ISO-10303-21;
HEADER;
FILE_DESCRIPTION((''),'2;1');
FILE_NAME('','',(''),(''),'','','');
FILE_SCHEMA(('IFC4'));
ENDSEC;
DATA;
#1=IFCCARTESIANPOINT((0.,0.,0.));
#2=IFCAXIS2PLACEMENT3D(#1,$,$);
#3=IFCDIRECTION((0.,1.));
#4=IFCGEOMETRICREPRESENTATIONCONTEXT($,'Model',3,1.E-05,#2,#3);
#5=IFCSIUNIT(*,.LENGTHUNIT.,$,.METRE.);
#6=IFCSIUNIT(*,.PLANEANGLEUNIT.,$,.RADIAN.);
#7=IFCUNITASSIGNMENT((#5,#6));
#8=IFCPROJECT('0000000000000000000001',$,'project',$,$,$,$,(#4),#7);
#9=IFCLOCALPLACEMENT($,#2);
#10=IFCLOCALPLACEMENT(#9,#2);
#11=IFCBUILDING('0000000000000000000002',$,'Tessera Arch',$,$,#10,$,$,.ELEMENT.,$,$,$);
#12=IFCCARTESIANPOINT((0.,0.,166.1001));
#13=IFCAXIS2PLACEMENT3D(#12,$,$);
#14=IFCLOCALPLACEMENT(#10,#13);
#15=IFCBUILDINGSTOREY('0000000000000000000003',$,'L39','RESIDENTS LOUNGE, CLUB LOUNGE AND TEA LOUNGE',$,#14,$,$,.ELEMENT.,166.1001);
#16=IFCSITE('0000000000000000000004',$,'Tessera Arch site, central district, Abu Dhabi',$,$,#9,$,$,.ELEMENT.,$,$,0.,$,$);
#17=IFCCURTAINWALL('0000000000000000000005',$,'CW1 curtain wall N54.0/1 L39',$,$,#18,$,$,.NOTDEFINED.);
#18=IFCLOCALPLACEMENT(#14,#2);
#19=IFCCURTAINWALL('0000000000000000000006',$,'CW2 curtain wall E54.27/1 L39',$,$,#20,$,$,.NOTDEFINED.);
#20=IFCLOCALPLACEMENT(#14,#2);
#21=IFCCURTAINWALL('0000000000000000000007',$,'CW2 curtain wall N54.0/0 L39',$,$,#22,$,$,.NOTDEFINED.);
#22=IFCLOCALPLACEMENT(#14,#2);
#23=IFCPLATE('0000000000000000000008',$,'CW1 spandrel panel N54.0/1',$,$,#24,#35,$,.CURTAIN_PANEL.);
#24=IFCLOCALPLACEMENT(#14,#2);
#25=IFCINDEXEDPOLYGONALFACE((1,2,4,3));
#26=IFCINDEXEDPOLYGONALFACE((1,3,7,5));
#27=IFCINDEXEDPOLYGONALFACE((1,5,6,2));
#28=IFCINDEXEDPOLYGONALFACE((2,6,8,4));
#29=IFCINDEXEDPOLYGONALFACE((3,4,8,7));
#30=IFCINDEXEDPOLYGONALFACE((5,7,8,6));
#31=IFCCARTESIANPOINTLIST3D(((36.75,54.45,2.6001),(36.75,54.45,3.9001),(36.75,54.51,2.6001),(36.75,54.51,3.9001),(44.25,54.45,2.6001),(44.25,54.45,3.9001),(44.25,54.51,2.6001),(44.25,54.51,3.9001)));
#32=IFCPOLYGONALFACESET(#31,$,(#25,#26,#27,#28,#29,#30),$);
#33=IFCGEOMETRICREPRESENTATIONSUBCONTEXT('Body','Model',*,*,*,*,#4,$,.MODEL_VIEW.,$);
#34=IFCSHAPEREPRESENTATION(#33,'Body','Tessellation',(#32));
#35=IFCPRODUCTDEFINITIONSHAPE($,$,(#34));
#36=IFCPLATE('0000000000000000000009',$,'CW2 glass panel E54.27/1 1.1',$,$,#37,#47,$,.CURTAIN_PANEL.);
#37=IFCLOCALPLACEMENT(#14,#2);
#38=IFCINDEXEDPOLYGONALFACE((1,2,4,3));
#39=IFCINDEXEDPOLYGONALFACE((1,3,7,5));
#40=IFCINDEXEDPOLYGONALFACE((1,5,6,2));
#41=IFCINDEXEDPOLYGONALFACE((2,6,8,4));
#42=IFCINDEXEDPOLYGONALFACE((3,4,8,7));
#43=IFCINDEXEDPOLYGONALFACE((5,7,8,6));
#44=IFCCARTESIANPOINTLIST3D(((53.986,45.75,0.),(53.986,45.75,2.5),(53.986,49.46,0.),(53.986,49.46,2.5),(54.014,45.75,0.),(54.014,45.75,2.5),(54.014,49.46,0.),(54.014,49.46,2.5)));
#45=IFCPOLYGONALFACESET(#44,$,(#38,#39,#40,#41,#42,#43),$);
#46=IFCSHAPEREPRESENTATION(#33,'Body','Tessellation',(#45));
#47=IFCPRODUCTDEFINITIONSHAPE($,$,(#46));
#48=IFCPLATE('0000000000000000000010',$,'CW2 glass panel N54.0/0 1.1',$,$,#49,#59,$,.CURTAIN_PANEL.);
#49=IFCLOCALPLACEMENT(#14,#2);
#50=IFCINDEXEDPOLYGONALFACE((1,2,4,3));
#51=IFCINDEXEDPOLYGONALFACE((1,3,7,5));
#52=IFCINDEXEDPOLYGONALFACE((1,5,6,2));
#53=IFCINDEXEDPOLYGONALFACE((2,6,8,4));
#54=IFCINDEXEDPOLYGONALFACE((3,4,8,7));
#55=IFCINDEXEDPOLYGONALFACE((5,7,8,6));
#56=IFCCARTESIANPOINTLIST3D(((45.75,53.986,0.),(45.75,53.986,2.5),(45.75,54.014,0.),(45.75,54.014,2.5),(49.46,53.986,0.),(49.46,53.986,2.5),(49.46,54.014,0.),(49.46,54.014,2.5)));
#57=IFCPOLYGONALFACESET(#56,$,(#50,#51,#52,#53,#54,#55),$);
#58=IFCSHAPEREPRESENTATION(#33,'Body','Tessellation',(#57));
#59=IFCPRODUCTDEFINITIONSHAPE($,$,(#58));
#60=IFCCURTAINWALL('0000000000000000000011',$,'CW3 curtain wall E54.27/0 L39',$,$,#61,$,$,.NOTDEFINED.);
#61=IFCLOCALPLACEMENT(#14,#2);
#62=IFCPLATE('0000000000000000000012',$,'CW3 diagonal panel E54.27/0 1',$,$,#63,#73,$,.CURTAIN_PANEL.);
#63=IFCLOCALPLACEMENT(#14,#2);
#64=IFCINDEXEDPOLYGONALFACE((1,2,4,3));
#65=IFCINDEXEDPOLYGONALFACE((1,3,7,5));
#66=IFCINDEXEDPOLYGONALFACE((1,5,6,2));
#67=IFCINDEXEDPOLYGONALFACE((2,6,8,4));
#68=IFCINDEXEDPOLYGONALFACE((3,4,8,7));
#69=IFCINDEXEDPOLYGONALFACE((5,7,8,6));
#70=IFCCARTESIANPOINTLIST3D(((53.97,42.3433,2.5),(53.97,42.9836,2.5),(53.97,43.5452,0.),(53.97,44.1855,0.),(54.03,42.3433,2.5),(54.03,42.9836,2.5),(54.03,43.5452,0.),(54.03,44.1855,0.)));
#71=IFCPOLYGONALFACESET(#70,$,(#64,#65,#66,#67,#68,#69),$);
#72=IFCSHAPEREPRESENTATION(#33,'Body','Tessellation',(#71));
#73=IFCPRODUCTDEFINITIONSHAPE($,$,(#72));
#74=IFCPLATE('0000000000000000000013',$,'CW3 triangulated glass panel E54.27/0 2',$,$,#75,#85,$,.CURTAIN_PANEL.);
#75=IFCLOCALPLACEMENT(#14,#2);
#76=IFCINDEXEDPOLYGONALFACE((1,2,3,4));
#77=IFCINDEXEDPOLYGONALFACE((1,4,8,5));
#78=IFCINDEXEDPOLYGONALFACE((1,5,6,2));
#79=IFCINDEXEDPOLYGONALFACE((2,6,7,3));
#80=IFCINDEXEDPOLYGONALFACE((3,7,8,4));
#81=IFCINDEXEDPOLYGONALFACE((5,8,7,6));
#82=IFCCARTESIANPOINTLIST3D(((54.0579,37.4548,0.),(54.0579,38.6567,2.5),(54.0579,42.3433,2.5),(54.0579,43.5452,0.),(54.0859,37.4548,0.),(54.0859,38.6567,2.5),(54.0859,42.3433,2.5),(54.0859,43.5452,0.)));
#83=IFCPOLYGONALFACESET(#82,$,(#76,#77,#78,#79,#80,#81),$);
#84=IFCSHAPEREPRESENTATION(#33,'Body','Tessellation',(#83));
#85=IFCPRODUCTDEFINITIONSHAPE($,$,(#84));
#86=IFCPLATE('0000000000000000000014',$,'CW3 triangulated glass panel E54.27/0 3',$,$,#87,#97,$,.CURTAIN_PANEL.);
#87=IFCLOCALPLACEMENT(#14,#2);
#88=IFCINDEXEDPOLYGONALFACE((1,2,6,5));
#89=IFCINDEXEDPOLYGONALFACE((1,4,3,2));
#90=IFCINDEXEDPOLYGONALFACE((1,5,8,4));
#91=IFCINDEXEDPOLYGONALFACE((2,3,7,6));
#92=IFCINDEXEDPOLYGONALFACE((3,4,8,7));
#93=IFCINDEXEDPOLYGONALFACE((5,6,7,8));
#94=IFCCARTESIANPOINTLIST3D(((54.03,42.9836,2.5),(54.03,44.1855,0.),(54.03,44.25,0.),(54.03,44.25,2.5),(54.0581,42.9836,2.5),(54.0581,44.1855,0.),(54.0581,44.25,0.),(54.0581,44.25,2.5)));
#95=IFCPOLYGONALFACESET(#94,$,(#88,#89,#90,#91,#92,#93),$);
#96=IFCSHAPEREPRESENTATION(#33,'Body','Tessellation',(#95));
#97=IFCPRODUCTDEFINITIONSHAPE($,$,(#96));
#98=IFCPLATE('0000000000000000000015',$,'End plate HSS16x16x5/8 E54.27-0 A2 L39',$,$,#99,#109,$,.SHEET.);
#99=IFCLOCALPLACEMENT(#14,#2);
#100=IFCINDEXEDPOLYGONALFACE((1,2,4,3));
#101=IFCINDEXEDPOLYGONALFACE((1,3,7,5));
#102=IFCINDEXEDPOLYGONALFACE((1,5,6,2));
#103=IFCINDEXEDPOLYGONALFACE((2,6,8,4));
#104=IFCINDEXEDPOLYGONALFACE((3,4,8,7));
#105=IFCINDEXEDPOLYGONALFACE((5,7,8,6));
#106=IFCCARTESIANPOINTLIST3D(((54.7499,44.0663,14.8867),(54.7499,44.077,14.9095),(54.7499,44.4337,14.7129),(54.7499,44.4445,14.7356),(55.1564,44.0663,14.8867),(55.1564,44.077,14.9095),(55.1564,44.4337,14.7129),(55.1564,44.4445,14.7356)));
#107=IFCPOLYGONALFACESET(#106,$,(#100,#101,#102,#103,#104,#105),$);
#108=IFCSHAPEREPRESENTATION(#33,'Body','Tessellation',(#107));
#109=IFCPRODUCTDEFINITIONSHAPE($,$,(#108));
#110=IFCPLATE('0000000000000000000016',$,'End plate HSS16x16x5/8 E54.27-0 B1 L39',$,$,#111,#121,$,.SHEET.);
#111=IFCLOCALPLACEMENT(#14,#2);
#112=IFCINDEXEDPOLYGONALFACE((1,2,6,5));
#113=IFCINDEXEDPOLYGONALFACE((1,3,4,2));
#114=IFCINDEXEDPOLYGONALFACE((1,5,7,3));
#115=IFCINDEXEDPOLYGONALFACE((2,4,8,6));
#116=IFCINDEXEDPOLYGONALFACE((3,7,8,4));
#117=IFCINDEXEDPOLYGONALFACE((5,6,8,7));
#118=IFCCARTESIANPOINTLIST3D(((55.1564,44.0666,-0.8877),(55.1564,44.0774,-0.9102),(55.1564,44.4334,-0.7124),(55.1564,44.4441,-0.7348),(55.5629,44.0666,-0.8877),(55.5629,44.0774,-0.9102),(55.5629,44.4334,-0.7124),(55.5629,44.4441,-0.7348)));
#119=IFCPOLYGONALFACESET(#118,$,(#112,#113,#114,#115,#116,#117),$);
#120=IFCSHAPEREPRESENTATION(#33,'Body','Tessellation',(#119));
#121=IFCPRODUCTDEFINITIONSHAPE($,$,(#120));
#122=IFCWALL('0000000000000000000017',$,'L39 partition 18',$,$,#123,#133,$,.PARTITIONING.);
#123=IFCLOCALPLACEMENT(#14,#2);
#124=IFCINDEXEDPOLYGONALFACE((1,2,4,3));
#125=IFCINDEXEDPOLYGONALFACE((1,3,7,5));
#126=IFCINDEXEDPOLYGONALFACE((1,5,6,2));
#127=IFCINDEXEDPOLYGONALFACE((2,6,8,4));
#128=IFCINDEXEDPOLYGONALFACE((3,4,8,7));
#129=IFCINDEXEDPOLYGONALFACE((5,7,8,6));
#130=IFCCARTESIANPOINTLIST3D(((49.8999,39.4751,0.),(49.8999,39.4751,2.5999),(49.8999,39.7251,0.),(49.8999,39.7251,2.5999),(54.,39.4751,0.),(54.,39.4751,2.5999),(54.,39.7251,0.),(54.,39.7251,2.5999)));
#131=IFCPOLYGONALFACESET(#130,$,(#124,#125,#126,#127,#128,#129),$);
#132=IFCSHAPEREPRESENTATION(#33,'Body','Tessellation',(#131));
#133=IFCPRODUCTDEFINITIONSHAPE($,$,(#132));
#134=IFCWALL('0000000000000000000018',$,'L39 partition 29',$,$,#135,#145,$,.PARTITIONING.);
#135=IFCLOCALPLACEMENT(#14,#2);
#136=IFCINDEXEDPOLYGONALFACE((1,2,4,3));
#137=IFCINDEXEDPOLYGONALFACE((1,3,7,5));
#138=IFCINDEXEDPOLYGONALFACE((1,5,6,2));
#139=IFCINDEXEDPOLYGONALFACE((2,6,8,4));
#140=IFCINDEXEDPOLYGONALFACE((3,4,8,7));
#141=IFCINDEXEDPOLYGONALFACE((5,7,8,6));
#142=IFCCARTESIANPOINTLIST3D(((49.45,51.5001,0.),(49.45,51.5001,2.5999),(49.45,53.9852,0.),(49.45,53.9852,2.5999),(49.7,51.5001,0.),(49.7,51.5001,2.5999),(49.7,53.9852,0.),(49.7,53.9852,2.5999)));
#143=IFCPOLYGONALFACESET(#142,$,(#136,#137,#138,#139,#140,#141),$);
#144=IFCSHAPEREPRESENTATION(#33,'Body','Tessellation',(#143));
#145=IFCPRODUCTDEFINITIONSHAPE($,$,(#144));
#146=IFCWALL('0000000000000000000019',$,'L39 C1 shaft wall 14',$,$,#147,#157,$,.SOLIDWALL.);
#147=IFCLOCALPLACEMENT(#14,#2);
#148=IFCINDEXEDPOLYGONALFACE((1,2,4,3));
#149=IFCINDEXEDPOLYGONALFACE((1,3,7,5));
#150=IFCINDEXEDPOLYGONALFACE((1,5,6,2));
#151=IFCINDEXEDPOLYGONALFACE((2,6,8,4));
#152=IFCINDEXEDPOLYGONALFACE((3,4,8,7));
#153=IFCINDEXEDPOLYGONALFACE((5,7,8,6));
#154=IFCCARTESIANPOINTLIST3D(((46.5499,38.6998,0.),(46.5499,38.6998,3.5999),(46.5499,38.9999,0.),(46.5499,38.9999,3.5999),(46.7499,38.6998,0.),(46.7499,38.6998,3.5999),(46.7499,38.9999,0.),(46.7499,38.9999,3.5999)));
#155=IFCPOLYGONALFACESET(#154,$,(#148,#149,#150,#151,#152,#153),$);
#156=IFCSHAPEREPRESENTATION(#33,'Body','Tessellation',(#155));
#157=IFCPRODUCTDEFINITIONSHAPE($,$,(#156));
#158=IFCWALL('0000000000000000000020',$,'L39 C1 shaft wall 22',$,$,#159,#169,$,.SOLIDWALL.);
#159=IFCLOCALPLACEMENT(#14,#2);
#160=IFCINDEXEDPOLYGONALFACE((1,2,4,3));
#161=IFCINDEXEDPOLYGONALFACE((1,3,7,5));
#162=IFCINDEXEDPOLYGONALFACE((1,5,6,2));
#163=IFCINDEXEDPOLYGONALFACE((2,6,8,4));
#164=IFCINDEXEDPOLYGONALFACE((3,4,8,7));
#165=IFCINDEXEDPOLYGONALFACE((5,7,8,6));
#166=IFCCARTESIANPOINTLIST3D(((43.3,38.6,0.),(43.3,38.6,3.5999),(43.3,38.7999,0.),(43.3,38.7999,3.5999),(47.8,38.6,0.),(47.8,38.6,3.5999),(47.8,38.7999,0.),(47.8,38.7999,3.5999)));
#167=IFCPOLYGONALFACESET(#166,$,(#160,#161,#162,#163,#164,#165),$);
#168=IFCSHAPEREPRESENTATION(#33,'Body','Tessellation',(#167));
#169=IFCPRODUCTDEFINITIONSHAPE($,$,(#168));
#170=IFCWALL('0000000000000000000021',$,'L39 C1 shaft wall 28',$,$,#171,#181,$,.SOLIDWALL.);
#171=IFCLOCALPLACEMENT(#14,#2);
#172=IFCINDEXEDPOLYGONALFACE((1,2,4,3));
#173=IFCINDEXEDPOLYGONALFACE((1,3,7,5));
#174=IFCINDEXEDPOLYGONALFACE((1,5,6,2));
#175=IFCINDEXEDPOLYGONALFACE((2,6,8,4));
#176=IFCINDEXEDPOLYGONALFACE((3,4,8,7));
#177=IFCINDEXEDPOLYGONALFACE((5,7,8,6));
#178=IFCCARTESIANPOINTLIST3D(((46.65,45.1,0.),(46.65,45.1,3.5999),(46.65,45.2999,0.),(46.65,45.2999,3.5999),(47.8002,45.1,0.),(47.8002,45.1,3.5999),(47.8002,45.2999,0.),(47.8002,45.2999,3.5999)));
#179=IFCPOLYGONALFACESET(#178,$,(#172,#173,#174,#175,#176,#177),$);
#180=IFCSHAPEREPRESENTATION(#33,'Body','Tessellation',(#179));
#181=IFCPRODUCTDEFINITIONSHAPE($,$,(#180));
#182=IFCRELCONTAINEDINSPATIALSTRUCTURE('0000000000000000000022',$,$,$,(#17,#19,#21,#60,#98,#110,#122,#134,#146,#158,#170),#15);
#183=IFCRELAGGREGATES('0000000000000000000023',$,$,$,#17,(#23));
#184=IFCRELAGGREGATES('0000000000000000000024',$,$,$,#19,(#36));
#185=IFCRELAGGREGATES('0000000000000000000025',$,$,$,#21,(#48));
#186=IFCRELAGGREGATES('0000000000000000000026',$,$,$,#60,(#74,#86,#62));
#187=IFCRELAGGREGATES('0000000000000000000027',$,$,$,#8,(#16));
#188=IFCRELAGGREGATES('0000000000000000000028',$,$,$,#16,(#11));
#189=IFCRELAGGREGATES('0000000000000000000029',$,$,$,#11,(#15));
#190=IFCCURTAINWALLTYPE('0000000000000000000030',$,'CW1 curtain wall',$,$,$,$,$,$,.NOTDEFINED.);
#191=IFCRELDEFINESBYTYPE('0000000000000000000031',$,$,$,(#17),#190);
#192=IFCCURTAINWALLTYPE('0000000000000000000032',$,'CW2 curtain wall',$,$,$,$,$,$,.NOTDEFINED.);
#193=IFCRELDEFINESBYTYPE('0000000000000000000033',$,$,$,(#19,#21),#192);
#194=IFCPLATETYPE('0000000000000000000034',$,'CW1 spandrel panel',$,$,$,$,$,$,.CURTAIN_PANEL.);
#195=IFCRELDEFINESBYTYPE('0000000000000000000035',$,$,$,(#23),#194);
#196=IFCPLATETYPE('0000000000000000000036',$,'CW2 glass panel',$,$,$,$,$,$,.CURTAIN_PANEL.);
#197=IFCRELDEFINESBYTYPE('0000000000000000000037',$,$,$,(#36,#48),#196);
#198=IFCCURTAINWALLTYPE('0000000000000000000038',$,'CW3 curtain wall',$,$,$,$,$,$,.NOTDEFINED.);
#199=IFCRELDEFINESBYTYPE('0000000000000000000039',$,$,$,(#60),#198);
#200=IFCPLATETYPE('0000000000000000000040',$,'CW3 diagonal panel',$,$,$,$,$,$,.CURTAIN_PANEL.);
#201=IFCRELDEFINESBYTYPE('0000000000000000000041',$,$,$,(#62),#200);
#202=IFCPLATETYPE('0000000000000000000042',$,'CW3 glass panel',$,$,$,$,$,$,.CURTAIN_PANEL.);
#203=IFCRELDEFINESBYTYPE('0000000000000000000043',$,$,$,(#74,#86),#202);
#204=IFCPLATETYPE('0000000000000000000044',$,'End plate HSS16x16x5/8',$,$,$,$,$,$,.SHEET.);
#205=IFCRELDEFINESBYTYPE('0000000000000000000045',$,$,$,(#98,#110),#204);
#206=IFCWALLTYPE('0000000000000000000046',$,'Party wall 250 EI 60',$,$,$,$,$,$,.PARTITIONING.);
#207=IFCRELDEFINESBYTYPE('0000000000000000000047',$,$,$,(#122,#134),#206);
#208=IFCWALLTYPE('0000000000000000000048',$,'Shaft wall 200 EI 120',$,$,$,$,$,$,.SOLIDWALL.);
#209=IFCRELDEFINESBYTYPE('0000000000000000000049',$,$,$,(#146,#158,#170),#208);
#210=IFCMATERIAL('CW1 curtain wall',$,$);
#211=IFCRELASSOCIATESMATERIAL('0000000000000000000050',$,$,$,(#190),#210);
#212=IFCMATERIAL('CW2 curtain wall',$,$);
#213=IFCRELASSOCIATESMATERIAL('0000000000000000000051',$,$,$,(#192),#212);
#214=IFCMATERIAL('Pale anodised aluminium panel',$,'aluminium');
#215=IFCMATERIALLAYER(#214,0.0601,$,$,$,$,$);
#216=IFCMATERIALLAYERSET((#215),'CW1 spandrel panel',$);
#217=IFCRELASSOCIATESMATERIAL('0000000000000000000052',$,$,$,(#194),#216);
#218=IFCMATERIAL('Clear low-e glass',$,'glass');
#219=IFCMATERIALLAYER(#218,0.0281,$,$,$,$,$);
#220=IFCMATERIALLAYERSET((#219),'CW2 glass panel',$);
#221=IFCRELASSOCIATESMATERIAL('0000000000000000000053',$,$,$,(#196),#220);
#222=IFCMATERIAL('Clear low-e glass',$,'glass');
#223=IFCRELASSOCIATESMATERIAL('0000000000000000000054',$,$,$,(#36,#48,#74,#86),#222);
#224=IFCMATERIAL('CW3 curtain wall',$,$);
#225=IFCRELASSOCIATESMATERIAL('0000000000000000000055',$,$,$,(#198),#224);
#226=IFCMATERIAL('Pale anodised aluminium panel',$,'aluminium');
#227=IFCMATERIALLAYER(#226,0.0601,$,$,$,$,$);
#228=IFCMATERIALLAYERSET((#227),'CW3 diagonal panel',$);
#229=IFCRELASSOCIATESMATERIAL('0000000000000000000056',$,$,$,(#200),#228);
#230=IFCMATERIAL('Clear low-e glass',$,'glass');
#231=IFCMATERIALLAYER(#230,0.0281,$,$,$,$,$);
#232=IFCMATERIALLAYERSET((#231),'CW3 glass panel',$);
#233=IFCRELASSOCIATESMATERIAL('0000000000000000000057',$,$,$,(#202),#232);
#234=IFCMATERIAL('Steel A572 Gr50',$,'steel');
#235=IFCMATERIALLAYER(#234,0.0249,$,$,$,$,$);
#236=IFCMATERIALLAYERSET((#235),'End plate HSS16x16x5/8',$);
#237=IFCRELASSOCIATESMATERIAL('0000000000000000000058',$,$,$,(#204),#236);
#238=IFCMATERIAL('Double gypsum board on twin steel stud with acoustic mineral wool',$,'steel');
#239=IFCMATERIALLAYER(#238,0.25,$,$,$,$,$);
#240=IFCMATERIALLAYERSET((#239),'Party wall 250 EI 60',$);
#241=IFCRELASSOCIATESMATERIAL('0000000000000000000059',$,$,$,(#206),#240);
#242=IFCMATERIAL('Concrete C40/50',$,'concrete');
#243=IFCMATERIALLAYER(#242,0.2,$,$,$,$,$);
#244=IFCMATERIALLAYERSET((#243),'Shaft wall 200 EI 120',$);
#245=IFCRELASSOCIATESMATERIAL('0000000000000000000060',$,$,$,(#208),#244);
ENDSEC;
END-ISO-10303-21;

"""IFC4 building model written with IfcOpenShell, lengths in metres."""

from ifc_helpers import new_model, si_unit, direction, frame, frame_2d, origin, origin_2d, place, context, subcontext, project, spatial, polyline, rectangle, outline, extrude, material, layer, layer_set, type_object, element, aggregate, save


model = new_model("IFC4")

# Units and contexts
model_context = context("Model", 3, precision=1e-05, world=origin(), true_north=direction((0.0, 1.0)))
body_context = subcontext(model_context, "Body", "Model", "MODEL_VIEW")
ifc_project = project(units=[si_unit("LENGTHUNIT", "METRE"), si_unit("PLANEANGLEUNIT", "RADIAN")], contexts=[model_context])

# Site, building, storey
site_placement = place(None, origin())
site = spatial("IfcSite", under=ifc_project, at=site_placement, Name="Tessera Arch site, central district, Abu Dhabi", CompositionType="ELEMENT", RefElevation=0.0)
building_placement = place(site_placement, origin())
building = spatial("IfcBuilding", under=site, at=building_placement, Name="Tessera Arch", CompositionType="ELEMENT")
storey_placement = place(building_placement, frame((0.0, 0.0, 166.1001)))
storey = spatial("IfcBuildingStorey", under=building, at=storey_placement, Name="L39", Description="RESIDENTS LOUNGE, CLUB LOUNGE AND TEA LOUNGE", CompositionType="ELEMENT", Elevation=166.1001)

# Curtain walls
ifc_material_1 = material(Name="CW1 curtain wall")
curtain_wall_type_1 = type_object("IfcCurtainWallType", Name="CW1 curtain wall", PredefinedType="NOTDEFINED", material=ifc_material_1)
curtain_wall_1_placement = place(storey_placement, origin())
curtain_wall_1 = element("IfcCurtainWall", 1, at=curtain_wall_1_placement, inside=storey, type_object=curtain_wall_type_1, Name="CW1 curtain wall N54.0/1 L39", PredefinedType="NOTDEFINED")
ifc_material_2 = material(Name="CW2 curtain wall")
curtain_wall_type_2 = type_object("IfcCurtainWallType", Name="CW2 curtain wall", PredefinedType="NOTDEFINED", material=ifc_material_2)
curtain_wall_2_placement = place(storey_placement, origin())
curtain_wall_2 = element("IfcCurtainWall", 2, at=curtain_wall_2_placement, inside=storey, type_object=curtain_wall_type_2, Name="CW2 curtain wall E54.27/1 L39", PredefinedType="NOTDEFINED")
curtain_wall_3_placement = place(storey_placement, origin())
curtain_wall_3 = element("IfcCurtainWall", 3, at=curtain_wall_3_placement, inside=storey, type_object=curtain_wall_type_2, Name="CW2 curtain wall N54.0/0 L39", PredefinedType="NOTDEFINED")

# Plates
ifc_material_3 = material(Name="Clear low-e glass", Category="glass")
ifc_material_4 = material(Name="Pale anodised aluminium panel", Category="aluminium")
ifc_layer_1 = layer(ifc_material_4, 0.0601)
ifc_layer_set_1 = layer_set([ifc_layer_1], Name="CW1 spandrel panel")
plate_type_1 = type_object("IfcPlateType", Name="CW1 spandrel panel", PredefinedType="CURTAIN_PANEL", material=ifc_layer_set_1)
plate_1_placement = place(storey_placement, frame((40.5, 54.48, 2.6001), z_axis=(0.0, 0.0, 1.0), x_axis=(-1.0, 0.0, 0.0)))
plate_1 = element("IfcPlate", 4, at=plate_1_placement, type_object=plate_type_1, Name="CW1 spandrel panel N54.0/1", PredefinedType="CURTAIN_PANEL", context=body_context, shape_type="SweptSolid", body=[
    extrude(rectangle(XDim=7.5, YDim=0.0601, at=origin_2d()), origin(), (0.0, 0.0, 1.0), 1.3),
])
aggregate(curtain_wall_1, [plate_1])
ifc_material_5 = material(Name="Clear low-e glass", Category="glass")
ifc_layer_2 = layer(ifc_material_5, 0.0281)
ifc_layer_set_2 = layer_set([ifc_layer_2], Name="CW2 glass panel")
plate_type_2 = type_object("IfcPlateType", Name="CW2 glass panel", PredefinedType="CURTAIN_PANEL", material=ifc_layer_set_2)
plate_2_placement = place(storey_placement, frame((54.0, 47.605, 0.0), z_axis=(0.0, 0.0, 1.0), x_axis=(0.0, 1.0, 0.0)))
plate_2 = element("IfcPlate", 5, at=plate_2_placement, type_object=plate_type_2, material=ifc_material_3, Name="CW2 glass panel E54.27/1 1.1", PredefinedType="CURTAIN_PANEL", context=body_context, shape_type="SweptSolid", body=[
    extrude(rectangle(XDim=3.71, YDim=0.0281, at=origin_2d()), origin(), (0.0, 0.0, 1.0), 2.5),
])
aggregate(curtain_wall_2, [plate_2])
plate_3_placement = place(storey_placement, frame((47.605, 54.0, 0.0), z_axis=(0.0, 0.0, 1.0), x_axis=(-1.0, 0.0, 0.0)))
plate_3 = element("IfcPlate", 6, at=plate_3_placement, type_object=plate_type_2, material=ifc_material_3, Name="CW2 glass panel N54.0/0 1.1", PredefinedType="CURTAIN_PANEL", context=body_context, shape_type="SweptSolid", body=[
    extrude(rectangle(XDim=3.71, YDim=0.0281, at=origin_2d()), origin(), (0.0, 0.0, 1.0), 2.5),
])
aggregate(curtain_wall_3, [plate_3])

# Curtain wall, plates
ifc_material_6 = material(Name="CW3 curtain wall")
curtain_wall_type_3 = type_object("IfcCurtainWallType", Name="CW3 curtain wall", PredefinedType="NOTDEFINED", material=ifc_material_6)
curtain_wall_4_placement = place(storey_placement, origin())
curtain_wall_4 = element("IfcCurtainWall", 7, at=curtain_wall_4_placement, inside=storey, type_object=curtain_wall_type_3, Name="CW3 curtain wall E54.27/0 L39", PredefinedType="NOTDEFINED")
ifc_material_7 = material(Name="Pale anodised aluminium panel", Category="aluminium")
ifc_layer_3 = layer(ifc_material_7, 0.0601)
ifc_layer_set_3 = layer_set([ifc_layer_3], Name="CW3 diagonal panel")
plate_type_3 = type_object("IfcPlateType", Name="CW3 diagonal panel", PredefinedType="CURTAIN_PANEL", material=ifc_layer_set_3)
plate_4_placement = place(storey_placement, frame((54.03, 42.9836, 2.5), z_axis=(1.0, 0.0, 0.0), x_axis=(0.0, -1.0, 0.0)))
plate_4 = element("IfcPlate", 8, at=plate_4_placement, type_object=plate_type_3, Name="CW3 diagonal panel E54.27/0 1", PredefinedType="CURTAIN_PANEL", context=body_context, shape_type="SweptSolid", body=[
    extrude(outline(polyline([(0.0, 0.0), (0.6404, 0.0), (-0.5615, 2.5), (-1.2019, 2.5), (0.0, 0.0)])), origin(), (0.0, 0.0, -1.0), 0.0601),
])
ifc_material_8 = material(Name="Clear low-e glass", Category="glass")
ifc_layer_4 = layer(ifc_material_8, 0.0281)
ifc_layer_set_4 = layer_set([ifc_layer_4], Name="CW3 glass panel")
plate_type_4 = type_object("IfcPlateType", Name="CW3 glass panel", PredefinedType="CURTAIN_PANEL", material=ifc_layer_set_4)
plate_5_placement = place(storey_placement, frame((54.0859, 42.3433, 2.5), z_axis=(1.0, 0.0, 0.0), x_axis=(0.0, -1.0, 0.0)))
plate_5 = element("IfcPlate", 9, at=plate_5_placement, type_object=plate_type_4, material=ifc_material_3, Name="CW3 triangulated glass panel E54.27/0 2", PredefinedType="CURTAIN_PANEL", context=body_context, shape_type="SweptSolid", body=[
    extrude(outline(polyline([(0.0, 0.0), (3.6865, 0.0), (4.8884, 2.5), (-1.2019, 2.5), (0.0, 0.0)])), origin(), (0.0, 0.0, -1.0), 0.0281),
])
plate_6_placement = place(storey_placement, frame((54.0581, 44.25, 2.5), z_axis=(1.0, 0.0, 0.0), x_axis=(0.0, -1.0, 0.0)))
plate_6 = element("IfcPlate", 10, at=plate_6_placement, type_object=plate_type_4, material=ifc_material_3, Name="CW3 triangulated glass panel E54.27/0 3", PredefinedType="CURTAIN_PANEL", context=body_context, shape_type="SweptSolid", body=[
    extrude(outline(polyline([(0.0, 0.0), (1.2664, 0.0), (0.0645, 2.5), (0.0, 2.5), (0.0, 0.0)])), origin(), (0.0, 0.0, -1.0), 0.0281),
])
aggregate(curtain_wall_4, [plate_5, plate_6, plate_4])

# Plates
ifc_material_9 = material(Name="Steel A572 Gr50", Category="steel")
ifc_layer_5 = layer(ifc_material_9, 0.0249)
ifc_layer_set_5 = layer_set([ifc_layer_5], Name="End plate HSS16x16x5/8")
plate_type_5 = type_object("IfcPlateType", Name="End plate HSS16x16x5/8", PredefinedType="SHEET", material=ifc_layer_set_5)
plate_7_placement = place(storey_placement, frame((54.9531, 44.25, 14.7998), z_axis=(0.0, 0.427668, 0.903936), x_axis=(-1.0, 0.0, 0.0)))
element("IfcPlate", 11, at=plate_7_placement, inside=storey, type_object=plate_type_5, Name="End plate HSS16x16x5/8 E54.27-0 A2 L39", PredefinedType="SHEET", context=body_context, shape_type="SweptSolid", body=[
    extrude(rectangle(XDim=0.4065, YDim=0.4065, at=origin_2d()), origin(), (0.0, 0.0, 1.0), 0.0251),
])
plate_8_placement = place(storey_placement, frame((55.3596, 44.2607, -0.8225), z_axis=(0.0, -0.431455, 0.902134), x_axis=(1.0, 0.0, 0.0)))
element("IfcPlate", 12, at=plate_8_placement, inside=storey, type_object=plate_type_5, Name="End plate HSS16x16x5/8 E54.27-0 B1 L39", PredefinedType="SHEET", context=body_context, shape_type="SweptSolid", body=[
    extrude(rectangle(XDim=0.4065, YDim=0.4065, at=origin_2d()), origin(), (0.0, 0.0, 1.0), 0.0249),
])

# Walls
ifc_material_10 = material(Name="Double gypsum board on twin steel stud with acoustic mineral wool", Category="steel")
ifc_layer_6 = layer(ifc_material_10, 0.25)
ifc_layer_set_6 = layer_set([ifc_layer_6], Name="Party wall 250 EI 60")
wall_type_1 = type_object("IfcWallType", Name="Party wall 250 EI 60", PredefinedType="PARTITIONING", material=ifc_layer_set_6)
wall_1_placement = place(storey_placement, frame((49.8999, 39.6001, 0.0), z_axis=(0.0, 0.0, 1.0), x_axis=(1.0, 0.0, 0.0)))
element("IfcWall", 13, at=wall_1_placement, inside=storey, type_object=wall_type_1, Name="L39 partition 18", PredefinedType="PARTITIONING", context=body_context, shape_type="SweptSolid", body=[
    extrude(rectangle(XDim=4.1001, YDim=0.25, at=frame_2d((2.05, 0.0))), origin(), (0.0, 0.0, 1.0), 2.5999),
])
wall_2_placement = place(storey_placement, frame((49.575, 51.5, 0.0), z_axis=(0.0, 0.0, 1.0), x_axis=(0.0, 1.0, 0.0)))
element("IfcWall", 14, at=wall_2_placement, inside=storey, type_object=wall_type_1, Name="L39 partition 29", PredefinedType="PARTITIONING", context=body_context, shape_type="SweptSolid", body=[
    extrude(rectangle(XDim=2.4851, YDim=0.25, at=frame_2d((1.2427, 0.0))), origin(), (0.0, 0.0, 1.0), 2.5999),
])
ifc_material_11 = material(Name="Concrete C40/50", Category="concrete")
ifc_layer_7 = layer(ifc_material_11, 0.2)
ifc_layer_set_7 = layer_set([ifc_layer_7], Name="Shaft wall 200 EI 120")
wall_type_2 = type_object("IfcWallType", Name="Shaft wall 200 EI 120", PredefinedType="SOLIDWALL", material=ifc_layer_set_7)
wall_3_placement = place(storey_placement, frame((46.6499, 38.7, 0.0), z_axis=(0.0, 0.0, 1.0), x_axis=(0.0, 1.0, 0.0)))
element("IfcWall", 15, at=wall_3_placement, inside=storey, type_object=wall_type_2, Name="L39 C1 shaft wall 14", PredefinedType="SOLIDWALL", context=body_context, shape_type="SweptSolid", body=[
    extrude(rectangle(XDim=0.3, YDim=0.2, at=frame_2d((0.1499, 0.0))), origin(), (0.0, 0.0, 1.0), 3.5999),
])
wall_4_placement = place(storey_placement, frame((43.3, 38.7, 0.0), z_axis=(0.0, 0.0, 1.0), x_axis=(1.0, 0.0, 0.0)))
element("IfcWall", 16, at=wall_4_placement, inside=storey, type_object=wall_type_2, Name="L39 C1 shaft wall 22", PredefinedType="SOLIDWALL", context=body_context, shape_type="SweptSolid", body=[
    extrude(rectangle(XDim=4.5, YDim=0.2, at=frame_2d((2.25, 0.0))), origin(), (0.0, 0.0, 1.0), 3.5999),
])
wall_5_placement = place(storey_placement, frame((46.6499, 45.2, 0.0), z_axis=(0.0, 0.0, 1.0), x_axis=(1.0, 0.0, 0.0)))
element("IfcWall", 17, at=wall_5_placement, inside=storey, type_object=wall_type_2, Name="L39 C1 shaft wall 28", PredefinedType="SOLIDWALL", context=body_context, shape_type="SweptSolid", body=[
    extrude(rectangle(XDim=1.1501, YDim=0.2, at=frame_2d((0.5752, 0.0))), origin(), (0.0, 0.0, 1.0), 3.5999),
])

save(model, "model.ifc")
